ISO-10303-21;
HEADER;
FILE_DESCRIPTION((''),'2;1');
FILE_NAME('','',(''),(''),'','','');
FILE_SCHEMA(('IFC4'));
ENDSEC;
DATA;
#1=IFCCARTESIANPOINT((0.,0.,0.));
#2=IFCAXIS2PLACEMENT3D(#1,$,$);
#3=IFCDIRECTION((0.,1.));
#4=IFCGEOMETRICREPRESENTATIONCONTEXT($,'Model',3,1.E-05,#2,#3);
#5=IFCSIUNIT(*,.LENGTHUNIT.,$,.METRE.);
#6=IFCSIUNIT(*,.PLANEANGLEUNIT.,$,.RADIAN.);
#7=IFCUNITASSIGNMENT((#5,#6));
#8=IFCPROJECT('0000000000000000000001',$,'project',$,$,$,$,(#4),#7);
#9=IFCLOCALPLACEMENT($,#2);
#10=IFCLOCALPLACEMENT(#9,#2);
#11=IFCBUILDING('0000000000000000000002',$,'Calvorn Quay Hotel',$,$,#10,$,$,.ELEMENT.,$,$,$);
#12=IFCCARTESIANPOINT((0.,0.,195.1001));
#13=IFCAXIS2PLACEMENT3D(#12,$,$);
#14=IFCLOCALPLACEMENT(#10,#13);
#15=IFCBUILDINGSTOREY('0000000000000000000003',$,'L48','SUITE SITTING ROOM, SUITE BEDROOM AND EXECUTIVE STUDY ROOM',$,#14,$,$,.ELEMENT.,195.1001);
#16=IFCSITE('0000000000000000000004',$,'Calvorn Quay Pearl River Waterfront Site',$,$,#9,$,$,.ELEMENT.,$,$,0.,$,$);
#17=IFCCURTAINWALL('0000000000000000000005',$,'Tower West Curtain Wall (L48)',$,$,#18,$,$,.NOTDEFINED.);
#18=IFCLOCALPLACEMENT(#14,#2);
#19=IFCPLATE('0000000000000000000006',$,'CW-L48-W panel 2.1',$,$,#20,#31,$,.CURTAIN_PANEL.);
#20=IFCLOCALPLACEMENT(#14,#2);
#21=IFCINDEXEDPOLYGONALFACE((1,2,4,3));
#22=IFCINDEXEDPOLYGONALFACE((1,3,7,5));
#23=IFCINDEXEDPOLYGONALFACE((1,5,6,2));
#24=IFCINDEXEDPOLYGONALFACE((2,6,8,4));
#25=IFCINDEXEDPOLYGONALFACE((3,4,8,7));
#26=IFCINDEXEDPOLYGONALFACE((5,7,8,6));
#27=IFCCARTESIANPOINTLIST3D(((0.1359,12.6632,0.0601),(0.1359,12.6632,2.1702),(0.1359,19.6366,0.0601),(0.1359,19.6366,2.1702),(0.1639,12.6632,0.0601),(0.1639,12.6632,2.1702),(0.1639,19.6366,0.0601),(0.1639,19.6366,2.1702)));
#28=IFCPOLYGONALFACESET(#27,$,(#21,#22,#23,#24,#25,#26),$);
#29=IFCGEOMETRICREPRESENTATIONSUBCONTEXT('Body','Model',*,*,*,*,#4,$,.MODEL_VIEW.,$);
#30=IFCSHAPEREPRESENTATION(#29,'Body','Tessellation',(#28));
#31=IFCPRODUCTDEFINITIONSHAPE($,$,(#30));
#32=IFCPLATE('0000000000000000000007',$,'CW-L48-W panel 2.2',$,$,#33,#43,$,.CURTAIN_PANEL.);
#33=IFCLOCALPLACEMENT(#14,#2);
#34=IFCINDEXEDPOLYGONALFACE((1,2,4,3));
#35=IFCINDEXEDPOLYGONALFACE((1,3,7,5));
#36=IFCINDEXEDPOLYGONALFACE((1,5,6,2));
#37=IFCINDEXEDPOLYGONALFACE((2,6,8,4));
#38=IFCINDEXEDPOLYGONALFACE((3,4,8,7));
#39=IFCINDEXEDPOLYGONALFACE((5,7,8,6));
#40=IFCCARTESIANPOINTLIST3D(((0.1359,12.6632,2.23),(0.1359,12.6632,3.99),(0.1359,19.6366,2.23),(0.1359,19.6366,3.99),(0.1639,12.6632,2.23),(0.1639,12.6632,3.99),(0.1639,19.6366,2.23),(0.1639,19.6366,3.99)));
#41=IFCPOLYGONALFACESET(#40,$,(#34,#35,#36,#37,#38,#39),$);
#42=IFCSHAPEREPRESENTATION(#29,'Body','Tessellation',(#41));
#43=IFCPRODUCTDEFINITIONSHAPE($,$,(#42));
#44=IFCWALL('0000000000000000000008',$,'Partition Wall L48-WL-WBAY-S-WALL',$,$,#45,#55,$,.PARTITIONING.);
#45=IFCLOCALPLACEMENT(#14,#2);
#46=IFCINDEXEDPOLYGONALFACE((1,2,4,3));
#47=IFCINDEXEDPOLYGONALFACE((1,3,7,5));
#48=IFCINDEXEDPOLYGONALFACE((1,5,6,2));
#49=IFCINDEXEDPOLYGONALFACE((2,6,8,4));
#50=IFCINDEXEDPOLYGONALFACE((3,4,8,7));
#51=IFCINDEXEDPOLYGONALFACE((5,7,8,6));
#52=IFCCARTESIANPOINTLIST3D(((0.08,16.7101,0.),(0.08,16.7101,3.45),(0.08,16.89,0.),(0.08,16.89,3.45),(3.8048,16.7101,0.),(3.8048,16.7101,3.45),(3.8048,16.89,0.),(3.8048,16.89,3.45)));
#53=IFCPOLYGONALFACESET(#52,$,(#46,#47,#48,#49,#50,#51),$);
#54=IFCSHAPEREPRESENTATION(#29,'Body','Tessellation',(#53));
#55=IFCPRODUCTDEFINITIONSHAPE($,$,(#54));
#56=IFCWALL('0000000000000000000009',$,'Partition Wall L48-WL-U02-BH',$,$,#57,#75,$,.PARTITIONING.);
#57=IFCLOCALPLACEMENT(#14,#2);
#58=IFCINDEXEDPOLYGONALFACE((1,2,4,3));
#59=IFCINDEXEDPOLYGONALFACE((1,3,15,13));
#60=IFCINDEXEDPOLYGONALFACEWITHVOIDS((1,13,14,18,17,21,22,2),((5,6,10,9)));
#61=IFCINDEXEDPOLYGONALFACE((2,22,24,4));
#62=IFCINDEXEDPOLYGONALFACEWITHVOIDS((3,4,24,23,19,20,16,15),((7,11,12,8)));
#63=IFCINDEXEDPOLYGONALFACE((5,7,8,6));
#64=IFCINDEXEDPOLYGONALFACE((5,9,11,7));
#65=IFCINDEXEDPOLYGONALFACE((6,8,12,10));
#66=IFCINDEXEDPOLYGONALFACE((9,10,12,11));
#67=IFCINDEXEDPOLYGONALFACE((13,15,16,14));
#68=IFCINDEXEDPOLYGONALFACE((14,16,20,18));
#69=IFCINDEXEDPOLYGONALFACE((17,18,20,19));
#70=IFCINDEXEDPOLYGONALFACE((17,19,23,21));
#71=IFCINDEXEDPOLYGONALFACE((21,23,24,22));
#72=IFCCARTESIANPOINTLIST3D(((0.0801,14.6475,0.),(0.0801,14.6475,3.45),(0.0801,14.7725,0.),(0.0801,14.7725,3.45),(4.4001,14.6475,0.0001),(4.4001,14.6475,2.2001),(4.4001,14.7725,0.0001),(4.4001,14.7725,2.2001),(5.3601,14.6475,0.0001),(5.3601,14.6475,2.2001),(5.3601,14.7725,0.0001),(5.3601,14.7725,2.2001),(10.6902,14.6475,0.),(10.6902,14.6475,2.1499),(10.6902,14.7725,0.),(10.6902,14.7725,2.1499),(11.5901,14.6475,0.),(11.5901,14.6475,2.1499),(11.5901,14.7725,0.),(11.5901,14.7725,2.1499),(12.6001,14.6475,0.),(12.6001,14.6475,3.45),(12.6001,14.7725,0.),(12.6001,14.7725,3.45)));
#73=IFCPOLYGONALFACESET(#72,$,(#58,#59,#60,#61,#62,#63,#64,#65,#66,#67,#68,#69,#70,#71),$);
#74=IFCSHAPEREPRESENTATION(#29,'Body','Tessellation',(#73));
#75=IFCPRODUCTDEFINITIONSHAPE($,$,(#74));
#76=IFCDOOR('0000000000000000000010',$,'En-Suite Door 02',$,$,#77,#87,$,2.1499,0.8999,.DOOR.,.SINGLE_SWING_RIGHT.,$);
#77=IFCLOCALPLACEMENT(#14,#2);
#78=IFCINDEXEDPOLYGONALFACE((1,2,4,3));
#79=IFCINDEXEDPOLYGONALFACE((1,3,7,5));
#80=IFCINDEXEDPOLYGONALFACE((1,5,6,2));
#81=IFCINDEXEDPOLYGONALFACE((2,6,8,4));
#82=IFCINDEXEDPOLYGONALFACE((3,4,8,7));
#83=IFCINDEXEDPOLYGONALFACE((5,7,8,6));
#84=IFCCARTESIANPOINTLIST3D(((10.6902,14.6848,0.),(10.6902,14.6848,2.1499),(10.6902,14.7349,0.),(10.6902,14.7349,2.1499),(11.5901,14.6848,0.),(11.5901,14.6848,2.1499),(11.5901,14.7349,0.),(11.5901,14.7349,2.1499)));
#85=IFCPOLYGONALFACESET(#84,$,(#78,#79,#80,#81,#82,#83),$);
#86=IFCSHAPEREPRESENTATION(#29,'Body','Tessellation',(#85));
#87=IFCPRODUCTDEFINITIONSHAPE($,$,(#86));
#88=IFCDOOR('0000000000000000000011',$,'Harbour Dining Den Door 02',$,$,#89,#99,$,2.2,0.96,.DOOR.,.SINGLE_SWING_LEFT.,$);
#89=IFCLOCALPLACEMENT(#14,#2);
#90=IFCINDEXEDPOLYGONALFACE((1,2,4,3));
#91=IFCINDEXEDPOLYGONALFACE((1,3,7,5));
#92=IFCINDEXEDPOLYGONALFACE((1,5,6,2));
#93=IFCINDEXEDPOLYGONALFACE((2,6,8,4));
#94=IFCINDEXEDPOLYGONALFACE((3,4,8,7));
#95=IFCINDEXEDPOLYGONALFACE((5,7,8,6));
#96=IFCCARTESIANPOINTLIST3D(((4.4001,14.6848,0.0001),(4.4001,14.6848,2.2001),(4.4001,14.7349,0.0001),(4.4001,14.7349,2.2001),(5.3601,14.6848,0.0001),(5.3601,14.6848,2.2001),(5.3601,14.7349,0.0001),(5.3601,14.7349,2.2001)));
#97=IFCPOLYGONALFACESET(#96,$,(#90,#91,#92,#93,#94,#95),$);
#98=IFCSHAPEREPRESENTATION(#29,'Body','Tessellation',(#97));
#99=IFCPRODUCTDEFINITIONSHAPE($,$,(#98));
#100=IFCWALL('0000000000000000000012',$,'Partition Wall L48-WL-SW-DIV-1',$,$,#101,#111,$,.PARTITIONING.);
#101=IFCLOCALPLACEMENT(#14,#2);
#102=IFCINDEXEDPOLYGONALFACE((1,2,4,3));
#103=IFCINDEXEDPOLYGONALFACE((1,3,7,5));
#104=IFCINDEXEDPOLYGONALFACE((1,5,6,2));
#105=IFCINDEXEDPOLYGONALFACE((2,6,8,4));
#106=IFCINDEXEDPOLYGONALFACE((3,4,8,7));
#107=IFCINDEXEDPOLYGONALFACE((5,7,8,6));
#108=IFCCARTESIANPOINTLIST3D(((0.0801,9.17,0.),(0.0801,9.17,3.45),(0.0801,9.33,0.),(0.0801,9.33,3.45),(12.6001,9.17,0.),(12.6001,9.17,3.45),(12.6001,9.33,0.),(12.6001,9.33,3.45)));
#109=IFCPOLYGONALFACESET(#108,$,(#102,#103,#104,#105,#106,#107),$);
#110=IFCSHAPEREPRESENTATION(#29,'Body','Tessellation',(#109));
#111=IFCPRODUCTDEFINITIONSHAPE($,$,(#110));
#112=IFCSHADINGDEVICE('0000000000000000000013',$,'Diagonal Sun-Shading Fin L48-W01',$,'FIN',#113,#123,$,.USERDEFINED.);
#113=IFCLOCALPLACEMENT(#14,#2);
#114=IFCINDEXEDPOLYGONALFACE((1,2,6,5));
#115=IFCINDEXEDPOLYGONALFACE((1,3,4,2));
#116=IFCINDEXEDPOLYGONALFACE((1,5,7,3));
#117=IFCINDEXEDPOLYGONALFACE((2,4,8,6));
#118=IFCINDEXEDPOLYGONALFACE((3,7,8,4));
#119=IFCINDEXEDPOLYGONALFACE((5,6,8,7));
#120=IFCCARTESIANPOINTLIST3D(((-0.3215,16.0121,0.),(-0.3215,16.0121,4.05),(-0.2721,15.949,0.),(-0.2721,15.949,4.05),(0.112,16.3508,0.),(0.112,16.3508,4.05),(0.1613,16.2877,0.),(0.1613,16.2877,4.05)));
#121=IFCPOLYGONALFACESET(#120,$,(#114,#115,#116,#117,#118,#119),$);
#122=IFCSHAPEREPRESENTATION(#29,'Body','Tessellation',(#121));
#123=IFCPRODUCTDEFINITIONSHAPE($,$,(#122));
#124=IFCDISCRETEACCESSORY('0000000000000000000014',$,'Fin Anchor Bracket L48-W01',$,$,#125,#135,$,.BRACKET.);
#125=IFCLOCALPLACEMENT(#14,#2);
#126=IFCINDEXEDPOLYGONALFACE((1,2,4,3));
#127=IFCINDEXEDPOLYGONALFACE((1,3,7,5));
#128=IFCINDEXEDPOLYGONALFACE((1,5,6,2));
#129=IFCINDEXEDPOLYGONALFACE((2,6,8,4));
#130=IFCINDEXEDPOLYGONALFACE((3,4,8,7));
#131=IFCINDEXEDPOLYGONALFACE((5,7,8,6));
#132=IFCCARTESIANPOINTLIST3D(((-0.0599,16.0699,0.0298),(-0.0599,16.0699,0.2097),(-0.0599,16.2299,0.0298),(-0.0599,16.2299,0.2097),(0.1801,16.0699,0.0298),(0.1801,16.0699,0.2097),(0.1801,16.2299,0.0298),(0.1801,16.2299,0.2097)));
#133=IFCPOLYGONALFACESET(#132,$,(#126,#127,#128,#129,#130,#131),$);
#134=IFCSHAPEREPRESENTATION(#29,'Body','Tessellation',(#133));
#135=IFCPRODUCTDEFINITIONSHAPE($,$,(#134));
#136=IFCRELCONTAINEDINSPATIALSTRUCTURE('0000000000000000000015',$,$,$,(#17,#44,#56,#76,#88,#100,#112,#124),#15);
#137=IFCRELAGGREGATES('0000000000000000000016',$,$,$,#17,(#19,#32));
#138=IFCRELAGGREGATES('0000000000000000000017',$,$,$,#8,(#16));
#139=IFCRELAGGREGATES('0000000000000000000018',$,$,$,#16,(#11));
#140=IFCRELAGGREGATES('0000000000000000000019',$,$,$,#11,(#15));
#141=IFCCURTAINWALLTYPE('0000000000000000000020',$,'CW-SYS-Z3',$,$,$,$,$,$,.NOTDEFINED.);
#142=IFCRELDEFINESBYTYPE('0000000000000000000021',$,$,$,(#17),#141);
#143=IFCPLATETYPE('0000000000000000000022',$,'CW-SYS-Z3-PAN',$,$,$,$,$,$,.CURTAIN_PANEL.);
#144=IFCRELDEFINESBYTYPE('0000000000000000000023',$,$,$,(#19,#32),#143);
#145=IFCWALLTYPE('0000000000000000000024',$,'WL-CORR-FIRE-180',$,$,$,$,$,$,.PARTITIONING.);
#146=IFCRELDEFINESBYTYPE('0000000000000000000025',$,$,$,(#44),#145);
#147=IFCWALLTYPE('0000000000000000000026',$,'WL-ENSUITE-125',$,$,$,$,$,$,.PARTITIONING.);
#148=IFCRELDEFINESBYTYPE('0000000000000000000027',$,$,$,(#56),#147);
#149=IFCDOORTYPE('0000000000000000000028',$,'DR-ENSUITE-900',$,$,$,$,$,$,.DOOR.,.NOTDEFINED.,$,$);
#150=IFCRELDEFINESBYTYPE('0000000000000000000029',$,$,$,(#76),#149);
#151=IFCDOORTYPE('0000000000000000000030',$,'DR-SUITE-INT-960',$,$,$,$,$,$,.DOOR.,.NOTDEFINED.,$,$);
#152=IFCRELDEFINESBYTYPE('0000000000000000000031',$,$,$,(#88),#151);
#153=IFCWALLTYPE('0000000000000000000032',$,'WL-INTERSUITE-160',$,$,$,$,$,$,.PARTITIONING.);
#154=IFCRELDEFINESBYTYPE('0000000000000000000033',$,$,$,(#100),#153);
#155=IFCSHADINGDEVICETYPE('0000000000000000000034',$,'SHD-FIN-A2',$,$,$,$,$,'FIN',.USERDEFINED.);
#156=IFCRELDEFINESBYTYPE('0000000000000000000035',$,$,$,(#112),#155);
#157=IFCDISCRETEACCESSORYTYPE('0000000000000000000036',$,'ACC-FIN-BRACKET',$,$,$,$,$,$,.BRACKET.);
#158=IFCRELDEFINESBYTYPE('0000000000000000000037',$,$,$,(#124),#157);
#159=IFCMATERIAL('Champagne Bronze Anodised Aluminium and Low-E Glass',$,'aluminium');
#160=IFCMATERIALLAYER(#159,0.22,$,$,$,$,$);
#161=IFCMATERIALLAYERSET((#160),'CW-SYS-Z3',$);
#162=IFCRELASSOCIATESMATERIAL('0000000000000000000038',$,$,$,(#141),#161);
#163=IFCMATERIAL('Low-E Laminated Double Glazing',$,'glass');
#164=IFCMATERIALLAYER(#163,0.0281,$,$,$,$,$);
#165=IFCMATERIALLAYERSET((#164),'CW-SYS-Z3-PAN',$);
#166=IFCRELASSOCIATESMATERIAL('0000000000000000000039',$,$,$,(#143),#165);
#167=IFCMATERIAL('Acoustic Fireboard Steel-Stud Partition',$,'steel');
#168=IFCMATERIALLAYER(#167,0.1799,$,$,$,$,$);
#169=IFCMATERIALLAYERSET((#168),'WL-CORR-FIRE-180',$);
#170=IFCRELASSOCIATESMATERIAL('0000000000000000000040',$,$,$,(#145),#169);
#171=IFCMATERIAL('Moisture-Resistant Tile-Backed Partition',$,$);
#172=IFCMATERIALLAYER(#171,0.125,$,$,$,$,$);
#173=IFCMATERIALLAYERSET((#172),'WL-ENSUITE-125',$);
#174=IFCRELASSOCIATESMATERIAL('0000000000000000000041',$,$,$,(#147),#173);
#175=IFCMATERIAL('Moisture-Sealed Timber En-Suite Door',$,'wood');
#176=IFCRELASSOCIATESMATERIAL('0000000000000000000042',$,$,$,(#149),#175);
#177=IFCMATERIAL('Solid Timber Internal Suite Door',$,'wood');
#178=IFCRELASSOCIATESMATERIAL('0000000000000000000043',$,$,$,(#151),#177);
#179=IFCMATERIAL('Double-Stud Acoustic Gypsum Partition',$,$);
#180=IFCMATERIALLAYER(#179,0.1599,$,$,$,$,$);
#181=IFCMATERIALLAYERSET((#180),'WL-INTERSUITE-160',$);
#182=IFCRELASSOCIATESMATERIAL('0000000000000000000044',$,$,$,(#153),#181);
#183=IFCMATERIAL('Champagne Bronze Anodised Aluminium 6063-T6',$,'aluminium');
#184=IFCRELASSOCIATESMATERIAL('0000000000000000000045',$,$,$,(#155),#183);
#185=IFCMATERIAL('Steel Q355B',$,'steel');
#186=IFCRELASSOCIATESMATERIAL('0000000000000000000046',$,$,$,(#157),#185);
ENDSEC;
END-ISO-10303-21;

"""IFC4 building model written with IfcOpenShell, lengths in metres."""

from ifc_helpers import new_model, si_unit, direction, frame, frame_2d, origin, origin_2d, place, context, subcontext, project, spatial, rectangle, extrude, material, layer, layer_set, type_object, element, fill, aggregate, save


model = new_model("IFC4")

# Units and contexts
model_context = context("Model", 3, precision=1e-05, world=origin(), true_north=direction((0.0, 1.0)))
body_context = subcontext(model_context, "Body", "Model", "MODEL_VIEW")
ifc_project = project(units=[si_unit("LENGTHUNIT", "METRE"), si_unit("PLANEANGLEUNIT", "RADIAN")], contexts=[model_context])

# Site, building, storey
site_placement = place(None, origin())
site = spatial("IfcSite", under=ifc_project, at=site_placement, Name="Calvorn Quay Pearl River Waterfront Site", CompositionType="ELEMENT", RefElevation=0.0)
building_placement = place(site_placement, origin())
building = spatial("IfcBuilding", under=site, at=building_placement, Name="Calvorn Quay Hotel", CompositionType="ELEMENT")
storey_placement = place(building_placement, frame((0.0, 0.0, 195.1001)))
storey = spatial("IfcBuildingStorey", under=building, at=storey_placement, Name="L48", Description="SUITE SITTING ROOM, SUITE BEDROOM AND EXECUTIVE STUDY ROOM", CompositionType="ELEMENT", Elevation=195.1001)

# Curtain wall, plates
ifc_material_1 = material(Name="Champagne Bronze Anodised Aluminium and Low-E Glass", Category="aluminium")
ifc_layer_1 = layer(ifc_material_1, 0.22)
ifc_layer_set_1 = layer_set([ifc_layer_1], Name="CW-SYS-Z3")
curtain_wall_type = type_object("IfcCurtainWallType", Name="CW-SYS-Z3", PredefinedType="NOTDEFINED", material=ifc_layer_set_1)
curtain_wall_placement = place(storey_placement, origin())
curtain_wall = element("IfcCurtainWall", 1, at=curtain_wall_placement, inside=storey, type_object=curtain_wall_type, Name="Tower West Curtain Wall (L48)", PredefinedType="NOTDEFINED")
ifc_material_2 = material(Name="Low-E Laminated Double Glazing", Category="glass")
ifc_layer_2 = layer(ifc_material_2, 0.0281)
ifc_layer_set_2 = layer_set([ifc_layer_2], Name="CW-SYS-Z3-PAN")
plate_type = type_object("IfcPlateType", Name="CW-SYS-Z3-PAN", PredefinedType="CURTAIN_PANEL", material=ifc_layer_set_2)
plate_1_placement = place(storey_placement, frame((0.1499, 16.1499, 0.0601), z_axis=(0.0, 0.0, 1.0), x_axis=(0.0, 1.0, 0.0)))
plate_1 = element("IfcPlate", 2, at=plate_1_placement, type_object=plate_type, Name="CW-L48-W panel 2.1", PredefinedType="CURTAIN_PANEL", context=body_context, shape_type="SweptSolid", body=[
    extrude(rectangle(XDim=6.9734, YDim=0.0281, at=origin_2d()), origin(), (0.0, 0.0, 1.0), 2.1101),
])
plate_2_placement = place(storey_placement, frame((0.1499, 16.1499, 2.23), z_axis=(0.0, 0.0, 1.0), x_axis=(0.0, 1.0, 0.0)))
plate_2 = element("IfcPlate", 3, at=plate_2_placement, type_object=plate_type, Name="CW-L48-W panel 2.2", PredefinedType="CURTAIN_PANEL", context=body_context, shape_type="SweptSolid", body=[
    extrude(rectangle(XDim=6.9734, YDim=0.0281, at=origin_2d()), origin(), (0.0, 0.0, 1.0), 1.76),
])
aggregate(curtain_wall, [plate_1, plate_2])

# Wall
ifc_material_3 = material(Name="Acoustic Fireboard Steel-Stud Partition", Category="steel")
ifc_layer_3 = layer(ifc_material_3, 0.1799)
ifc_layer_set_3 = layer_set([ifc_layer_3], Name="WL-CORR-FIRE-180")
wall_type_1 = type_object("IfcWallType", Name="WL-CORR-FIRE-180", PredefinedType="PARTITIONING", material=ifc_layer_set_3)
wall_1_placement = place(storey_placement, frame((0.0801, 16.8, 0.0), z_axis=(0.0, 0.0, 1.0), x_axis=(1.0, 0.0, 0.0)))
element("IfcWall", 4, at=wall_1_placement, inside=storey, type_object=wall_type_1, Name="Partition Wall L48-WL-WBAY-S-WALL", PredefinedType="PARTITIONING", context=body_context, shape_type="SweptSolid", body=[
    extrude(rectangle(XDim=3.7249, YDim=0.1799, at=frame_2d((1.8623, 0.0))), origin(), (0.0, 0.0, 1.0), 3.45),
])

# Wall, openings, doors
ifc_material_4 = material(Name="Moisture-Resistant Tile-Backed Partition")
ifc_layer_4 = layer(ifc_material_4, 0.125)
ifc_layer_set_4 = layer_set([ifc_layer_4], Name="WL-ENSUITE-125")
wall_type_2 = type_object("IfcWallType", Name="WL-ENSUITE-125", PredefinedType="PARTITIONING", material=ifc_layer_set_4)
wall_2_placement = place(storey_placement, frame((0.0801, 14.71, 0.0), z_axis=(0.0, 0.0, 1.0), x_axis=(1.0, 0.0, 0.0)))
wall_2 = element("IfcWall", 5, at=wall_2_placement, inside=storey, type_object=wall_type_2, Name="Partition Wall L48-WL-U02-BH", PredefinedType="PARTITIONING", context=body_context, shape_type="SweptSolid", body=[
    extrude(rectangle(XDim=12.52, YDim=0.125, at=frame_2d((6.26, 0.0))), origin(), (0.0, 0.0, 1.0), 3.45),
])
opening_1_placement = place(wall_2_placement, frame((4.3201, 0.0, 0.0)))
opening_1 = element("IfcOpeningElement", 6, at=opening_1_placement, cuts=wall_2, PredefinedType="OPENING", context=body_context, shape_type="SweptSolid", body=[
    extrude(rectangle(XDim=0.96, YDim=2.2, at=frame_2d((0.48, 1.1001))), frame((0.0, 0.0725, 0.0), z_axis=(0.0, -1.0, 0.0), x_axis=(1.0, 0.0, 0.0)), (0.0, 0.0, 1.0), 0.145),
])
opening_2_placement = place(wall_2_placement, frame((10.6101, 0.0, 0.0)))
opening_2 = element("IfcOpeningElement", 7, at=opening_2_placement, cuts=wall_2, PredefinedType="OPENING", context=body_context, shape_type="SweptSolid", body=[
    extrude(rectangle(XDim=0.8999, YDim=2.1499, at=frame_2d((0.45, 1.075))), frame((0.0, 0.0725, 0.0), z_axis=(0.0, -1.0, 0.0), x_axis=(1.0, 0.0, 0.0)), (0.0, 0.0, 1.0), 0.145),
])
ifc_material_5 = material(Name="Moisture-Sealed Timber En-Suite Door", Category="wood")
door_type_1 = type_object("IfcDoorType", Name="DR-ENSUITE-900", OperationType="NOTDEFINED", PredefinedType="DOOR", material=ifc_material_5)
door_1_placement = place(opening_2_placement, origin())
door_1 = element("IfcDoor", 8, at=door_1_placement, inside=storey, type_object=door_type_1, Name="En-Suite Door 02", OperationType="SINGLE_SWING_RIGHT", OverallHeight=2.1499, OverallWidth=0.8999, PredefinedType="DOOR", context=body_context, shape_type="SweptSolid", body=[
    extrude(rectangle(XDim=0.8999, YDim=2.1499, at=frame_2d((0.45, 1.075))), frame((0.0, 0.0249, 0.0), z_axis=(0.0, -1.0, 0.0), x_axis=(1.0, 0.0, 0.0)), (0.0, 0.0, 1.0), 0.05),
])
fill(opening_2, door_1)
ifc_material_6 = material(Name="Solid Timber Internal Suite Door", Category="wood")
door_type_2 = type_object("IfcDoorType", Name="DR-SUITE-INT-960", OperationType="NOTDEFINED", PredefinedType="DOOR", material=ifc_material_6)
door_2_placement = place(opening_1_placement, origin())
door_2 = element("IfcDoor", 9, at=door_2_placement, inside=storey, type_object=door_type_2, Name="Harbour Dining Den Door 02", OperationType="SINGLE_SWING_LEFT", OverallHeight=2.2, OverallWidth=0.96, PredefinedType="DOOR", context=body_context, shape_type="SweptSolid", body=[
    extrude(rectangle(XDim=0.96, YDim=2.2, at=frame_2d((0.48, 1.1001))), frame((0.0, 0.0249, 0.0), z_axis=(0.0, -1.0, 0.0), x_axis=(1.0, 0.0, 0.0)), (0.0, 0.0, 1.0), 0.05),
])
fill(opening_1, door_2)

# Wall
ifc_material_7 = material(Name="Double-Stud Acoustic Gypsum Partition")
ifc_layer_5 = layer(ifc_material_7, 0.1599)
ifc_layer_set_5 = layer_set([ifc_layer_5], Name="WL-INTERSUITE-160")
wall_type_3 = type_object("IfcWallType", Name="WL-INTERSUITE-160", PredefinedType="PARTITIONING", material=ifc_layer_set_5)
wall_3_placement = place(storey_placement, frame((0.0801, 9.25, 0.0), z_axis=(0.0, 0.0, 1.0), x_axis=(1.0, 0.0, 0.0)))
element("IfcWall", 10, at=wall_3_placement, inside=storey, type_object=wall_type_3, Name="Partition Wall L48-WL-SW-DIV-1", PredefinedType="PARTITIONING", context=body_context, shape_type="SweptSolid", body=[
    extrude(rectangle(XDim=12.52, YDim=0.1599, at=frame_2d((6.26, 0.0))), origin(), (0.0, 0.0, 1.0), 3.45),
])

# Shading device
ifc_material_8 = material(Name="Champagne Bronze Anodised Aluminium 6063-T6", Category="aluminium")
shading_device_type = type_object("IfcShadingDeviceType", Name="SHD-FIN-A2", ElementType="FIN", PredefinedType="USERDEFINED", material=ifc_material_8)
shading_device_placement = place(storey_placement, frame((-0.0801, 16.1499, 0.0), z_axis=(0.0, 0.0, 1.0), x_axis=(0.788011, 0.615661, 0.0)))
element("IfcShadingDevice", 11, at=shading_device_placement, inside=storey, type_object=shading_device_type, Name="Diagonal Sun-Shading Fin L48-W01", ObjectType="FIN", PredefinedType="USERDEFINED", context=body_context, shape_type="SweptSolid", body=[
    extrude(rectangle(XDim=0.55, YDim=0.0801, at=origin_2d()), origin(), (0.0, 0.0, 1.0), 4.05),
])

# Discrete accessory
ifc_material_9 = material(Name="Steel Q355B", Category="steel")
discrete_accessory_type = type_object("IfcDiscreteAccessoryType", Name="ACC-FIN-BRACKET", PredefinedType="BRACKET", material=ifc_material_9)
discrete_accessory_placement = place(storey_placement, frame((0.0601, 16.1499, 0.0298), z_axis=(0.0, 0.0, 1.0), x_axis=(1.0, 0.0, 0.0)))
element("IfcDiscreteAccessory", 12, at=discrete_accessory_placement, inside=storey, type_object=discrete_accessory_type, Name="Fin Anchor Bracket L48-W01", PredefinedType="BRACKET", context=body_context, shape_type="SweptSolid", body=[
    extrude(rectangle(XDim=0.24, YDim=0.1599, at=origin_2d()), origin(), (0.0, 0.0, 1.0), 0.1799),
])

save(model, "model.ifc")
